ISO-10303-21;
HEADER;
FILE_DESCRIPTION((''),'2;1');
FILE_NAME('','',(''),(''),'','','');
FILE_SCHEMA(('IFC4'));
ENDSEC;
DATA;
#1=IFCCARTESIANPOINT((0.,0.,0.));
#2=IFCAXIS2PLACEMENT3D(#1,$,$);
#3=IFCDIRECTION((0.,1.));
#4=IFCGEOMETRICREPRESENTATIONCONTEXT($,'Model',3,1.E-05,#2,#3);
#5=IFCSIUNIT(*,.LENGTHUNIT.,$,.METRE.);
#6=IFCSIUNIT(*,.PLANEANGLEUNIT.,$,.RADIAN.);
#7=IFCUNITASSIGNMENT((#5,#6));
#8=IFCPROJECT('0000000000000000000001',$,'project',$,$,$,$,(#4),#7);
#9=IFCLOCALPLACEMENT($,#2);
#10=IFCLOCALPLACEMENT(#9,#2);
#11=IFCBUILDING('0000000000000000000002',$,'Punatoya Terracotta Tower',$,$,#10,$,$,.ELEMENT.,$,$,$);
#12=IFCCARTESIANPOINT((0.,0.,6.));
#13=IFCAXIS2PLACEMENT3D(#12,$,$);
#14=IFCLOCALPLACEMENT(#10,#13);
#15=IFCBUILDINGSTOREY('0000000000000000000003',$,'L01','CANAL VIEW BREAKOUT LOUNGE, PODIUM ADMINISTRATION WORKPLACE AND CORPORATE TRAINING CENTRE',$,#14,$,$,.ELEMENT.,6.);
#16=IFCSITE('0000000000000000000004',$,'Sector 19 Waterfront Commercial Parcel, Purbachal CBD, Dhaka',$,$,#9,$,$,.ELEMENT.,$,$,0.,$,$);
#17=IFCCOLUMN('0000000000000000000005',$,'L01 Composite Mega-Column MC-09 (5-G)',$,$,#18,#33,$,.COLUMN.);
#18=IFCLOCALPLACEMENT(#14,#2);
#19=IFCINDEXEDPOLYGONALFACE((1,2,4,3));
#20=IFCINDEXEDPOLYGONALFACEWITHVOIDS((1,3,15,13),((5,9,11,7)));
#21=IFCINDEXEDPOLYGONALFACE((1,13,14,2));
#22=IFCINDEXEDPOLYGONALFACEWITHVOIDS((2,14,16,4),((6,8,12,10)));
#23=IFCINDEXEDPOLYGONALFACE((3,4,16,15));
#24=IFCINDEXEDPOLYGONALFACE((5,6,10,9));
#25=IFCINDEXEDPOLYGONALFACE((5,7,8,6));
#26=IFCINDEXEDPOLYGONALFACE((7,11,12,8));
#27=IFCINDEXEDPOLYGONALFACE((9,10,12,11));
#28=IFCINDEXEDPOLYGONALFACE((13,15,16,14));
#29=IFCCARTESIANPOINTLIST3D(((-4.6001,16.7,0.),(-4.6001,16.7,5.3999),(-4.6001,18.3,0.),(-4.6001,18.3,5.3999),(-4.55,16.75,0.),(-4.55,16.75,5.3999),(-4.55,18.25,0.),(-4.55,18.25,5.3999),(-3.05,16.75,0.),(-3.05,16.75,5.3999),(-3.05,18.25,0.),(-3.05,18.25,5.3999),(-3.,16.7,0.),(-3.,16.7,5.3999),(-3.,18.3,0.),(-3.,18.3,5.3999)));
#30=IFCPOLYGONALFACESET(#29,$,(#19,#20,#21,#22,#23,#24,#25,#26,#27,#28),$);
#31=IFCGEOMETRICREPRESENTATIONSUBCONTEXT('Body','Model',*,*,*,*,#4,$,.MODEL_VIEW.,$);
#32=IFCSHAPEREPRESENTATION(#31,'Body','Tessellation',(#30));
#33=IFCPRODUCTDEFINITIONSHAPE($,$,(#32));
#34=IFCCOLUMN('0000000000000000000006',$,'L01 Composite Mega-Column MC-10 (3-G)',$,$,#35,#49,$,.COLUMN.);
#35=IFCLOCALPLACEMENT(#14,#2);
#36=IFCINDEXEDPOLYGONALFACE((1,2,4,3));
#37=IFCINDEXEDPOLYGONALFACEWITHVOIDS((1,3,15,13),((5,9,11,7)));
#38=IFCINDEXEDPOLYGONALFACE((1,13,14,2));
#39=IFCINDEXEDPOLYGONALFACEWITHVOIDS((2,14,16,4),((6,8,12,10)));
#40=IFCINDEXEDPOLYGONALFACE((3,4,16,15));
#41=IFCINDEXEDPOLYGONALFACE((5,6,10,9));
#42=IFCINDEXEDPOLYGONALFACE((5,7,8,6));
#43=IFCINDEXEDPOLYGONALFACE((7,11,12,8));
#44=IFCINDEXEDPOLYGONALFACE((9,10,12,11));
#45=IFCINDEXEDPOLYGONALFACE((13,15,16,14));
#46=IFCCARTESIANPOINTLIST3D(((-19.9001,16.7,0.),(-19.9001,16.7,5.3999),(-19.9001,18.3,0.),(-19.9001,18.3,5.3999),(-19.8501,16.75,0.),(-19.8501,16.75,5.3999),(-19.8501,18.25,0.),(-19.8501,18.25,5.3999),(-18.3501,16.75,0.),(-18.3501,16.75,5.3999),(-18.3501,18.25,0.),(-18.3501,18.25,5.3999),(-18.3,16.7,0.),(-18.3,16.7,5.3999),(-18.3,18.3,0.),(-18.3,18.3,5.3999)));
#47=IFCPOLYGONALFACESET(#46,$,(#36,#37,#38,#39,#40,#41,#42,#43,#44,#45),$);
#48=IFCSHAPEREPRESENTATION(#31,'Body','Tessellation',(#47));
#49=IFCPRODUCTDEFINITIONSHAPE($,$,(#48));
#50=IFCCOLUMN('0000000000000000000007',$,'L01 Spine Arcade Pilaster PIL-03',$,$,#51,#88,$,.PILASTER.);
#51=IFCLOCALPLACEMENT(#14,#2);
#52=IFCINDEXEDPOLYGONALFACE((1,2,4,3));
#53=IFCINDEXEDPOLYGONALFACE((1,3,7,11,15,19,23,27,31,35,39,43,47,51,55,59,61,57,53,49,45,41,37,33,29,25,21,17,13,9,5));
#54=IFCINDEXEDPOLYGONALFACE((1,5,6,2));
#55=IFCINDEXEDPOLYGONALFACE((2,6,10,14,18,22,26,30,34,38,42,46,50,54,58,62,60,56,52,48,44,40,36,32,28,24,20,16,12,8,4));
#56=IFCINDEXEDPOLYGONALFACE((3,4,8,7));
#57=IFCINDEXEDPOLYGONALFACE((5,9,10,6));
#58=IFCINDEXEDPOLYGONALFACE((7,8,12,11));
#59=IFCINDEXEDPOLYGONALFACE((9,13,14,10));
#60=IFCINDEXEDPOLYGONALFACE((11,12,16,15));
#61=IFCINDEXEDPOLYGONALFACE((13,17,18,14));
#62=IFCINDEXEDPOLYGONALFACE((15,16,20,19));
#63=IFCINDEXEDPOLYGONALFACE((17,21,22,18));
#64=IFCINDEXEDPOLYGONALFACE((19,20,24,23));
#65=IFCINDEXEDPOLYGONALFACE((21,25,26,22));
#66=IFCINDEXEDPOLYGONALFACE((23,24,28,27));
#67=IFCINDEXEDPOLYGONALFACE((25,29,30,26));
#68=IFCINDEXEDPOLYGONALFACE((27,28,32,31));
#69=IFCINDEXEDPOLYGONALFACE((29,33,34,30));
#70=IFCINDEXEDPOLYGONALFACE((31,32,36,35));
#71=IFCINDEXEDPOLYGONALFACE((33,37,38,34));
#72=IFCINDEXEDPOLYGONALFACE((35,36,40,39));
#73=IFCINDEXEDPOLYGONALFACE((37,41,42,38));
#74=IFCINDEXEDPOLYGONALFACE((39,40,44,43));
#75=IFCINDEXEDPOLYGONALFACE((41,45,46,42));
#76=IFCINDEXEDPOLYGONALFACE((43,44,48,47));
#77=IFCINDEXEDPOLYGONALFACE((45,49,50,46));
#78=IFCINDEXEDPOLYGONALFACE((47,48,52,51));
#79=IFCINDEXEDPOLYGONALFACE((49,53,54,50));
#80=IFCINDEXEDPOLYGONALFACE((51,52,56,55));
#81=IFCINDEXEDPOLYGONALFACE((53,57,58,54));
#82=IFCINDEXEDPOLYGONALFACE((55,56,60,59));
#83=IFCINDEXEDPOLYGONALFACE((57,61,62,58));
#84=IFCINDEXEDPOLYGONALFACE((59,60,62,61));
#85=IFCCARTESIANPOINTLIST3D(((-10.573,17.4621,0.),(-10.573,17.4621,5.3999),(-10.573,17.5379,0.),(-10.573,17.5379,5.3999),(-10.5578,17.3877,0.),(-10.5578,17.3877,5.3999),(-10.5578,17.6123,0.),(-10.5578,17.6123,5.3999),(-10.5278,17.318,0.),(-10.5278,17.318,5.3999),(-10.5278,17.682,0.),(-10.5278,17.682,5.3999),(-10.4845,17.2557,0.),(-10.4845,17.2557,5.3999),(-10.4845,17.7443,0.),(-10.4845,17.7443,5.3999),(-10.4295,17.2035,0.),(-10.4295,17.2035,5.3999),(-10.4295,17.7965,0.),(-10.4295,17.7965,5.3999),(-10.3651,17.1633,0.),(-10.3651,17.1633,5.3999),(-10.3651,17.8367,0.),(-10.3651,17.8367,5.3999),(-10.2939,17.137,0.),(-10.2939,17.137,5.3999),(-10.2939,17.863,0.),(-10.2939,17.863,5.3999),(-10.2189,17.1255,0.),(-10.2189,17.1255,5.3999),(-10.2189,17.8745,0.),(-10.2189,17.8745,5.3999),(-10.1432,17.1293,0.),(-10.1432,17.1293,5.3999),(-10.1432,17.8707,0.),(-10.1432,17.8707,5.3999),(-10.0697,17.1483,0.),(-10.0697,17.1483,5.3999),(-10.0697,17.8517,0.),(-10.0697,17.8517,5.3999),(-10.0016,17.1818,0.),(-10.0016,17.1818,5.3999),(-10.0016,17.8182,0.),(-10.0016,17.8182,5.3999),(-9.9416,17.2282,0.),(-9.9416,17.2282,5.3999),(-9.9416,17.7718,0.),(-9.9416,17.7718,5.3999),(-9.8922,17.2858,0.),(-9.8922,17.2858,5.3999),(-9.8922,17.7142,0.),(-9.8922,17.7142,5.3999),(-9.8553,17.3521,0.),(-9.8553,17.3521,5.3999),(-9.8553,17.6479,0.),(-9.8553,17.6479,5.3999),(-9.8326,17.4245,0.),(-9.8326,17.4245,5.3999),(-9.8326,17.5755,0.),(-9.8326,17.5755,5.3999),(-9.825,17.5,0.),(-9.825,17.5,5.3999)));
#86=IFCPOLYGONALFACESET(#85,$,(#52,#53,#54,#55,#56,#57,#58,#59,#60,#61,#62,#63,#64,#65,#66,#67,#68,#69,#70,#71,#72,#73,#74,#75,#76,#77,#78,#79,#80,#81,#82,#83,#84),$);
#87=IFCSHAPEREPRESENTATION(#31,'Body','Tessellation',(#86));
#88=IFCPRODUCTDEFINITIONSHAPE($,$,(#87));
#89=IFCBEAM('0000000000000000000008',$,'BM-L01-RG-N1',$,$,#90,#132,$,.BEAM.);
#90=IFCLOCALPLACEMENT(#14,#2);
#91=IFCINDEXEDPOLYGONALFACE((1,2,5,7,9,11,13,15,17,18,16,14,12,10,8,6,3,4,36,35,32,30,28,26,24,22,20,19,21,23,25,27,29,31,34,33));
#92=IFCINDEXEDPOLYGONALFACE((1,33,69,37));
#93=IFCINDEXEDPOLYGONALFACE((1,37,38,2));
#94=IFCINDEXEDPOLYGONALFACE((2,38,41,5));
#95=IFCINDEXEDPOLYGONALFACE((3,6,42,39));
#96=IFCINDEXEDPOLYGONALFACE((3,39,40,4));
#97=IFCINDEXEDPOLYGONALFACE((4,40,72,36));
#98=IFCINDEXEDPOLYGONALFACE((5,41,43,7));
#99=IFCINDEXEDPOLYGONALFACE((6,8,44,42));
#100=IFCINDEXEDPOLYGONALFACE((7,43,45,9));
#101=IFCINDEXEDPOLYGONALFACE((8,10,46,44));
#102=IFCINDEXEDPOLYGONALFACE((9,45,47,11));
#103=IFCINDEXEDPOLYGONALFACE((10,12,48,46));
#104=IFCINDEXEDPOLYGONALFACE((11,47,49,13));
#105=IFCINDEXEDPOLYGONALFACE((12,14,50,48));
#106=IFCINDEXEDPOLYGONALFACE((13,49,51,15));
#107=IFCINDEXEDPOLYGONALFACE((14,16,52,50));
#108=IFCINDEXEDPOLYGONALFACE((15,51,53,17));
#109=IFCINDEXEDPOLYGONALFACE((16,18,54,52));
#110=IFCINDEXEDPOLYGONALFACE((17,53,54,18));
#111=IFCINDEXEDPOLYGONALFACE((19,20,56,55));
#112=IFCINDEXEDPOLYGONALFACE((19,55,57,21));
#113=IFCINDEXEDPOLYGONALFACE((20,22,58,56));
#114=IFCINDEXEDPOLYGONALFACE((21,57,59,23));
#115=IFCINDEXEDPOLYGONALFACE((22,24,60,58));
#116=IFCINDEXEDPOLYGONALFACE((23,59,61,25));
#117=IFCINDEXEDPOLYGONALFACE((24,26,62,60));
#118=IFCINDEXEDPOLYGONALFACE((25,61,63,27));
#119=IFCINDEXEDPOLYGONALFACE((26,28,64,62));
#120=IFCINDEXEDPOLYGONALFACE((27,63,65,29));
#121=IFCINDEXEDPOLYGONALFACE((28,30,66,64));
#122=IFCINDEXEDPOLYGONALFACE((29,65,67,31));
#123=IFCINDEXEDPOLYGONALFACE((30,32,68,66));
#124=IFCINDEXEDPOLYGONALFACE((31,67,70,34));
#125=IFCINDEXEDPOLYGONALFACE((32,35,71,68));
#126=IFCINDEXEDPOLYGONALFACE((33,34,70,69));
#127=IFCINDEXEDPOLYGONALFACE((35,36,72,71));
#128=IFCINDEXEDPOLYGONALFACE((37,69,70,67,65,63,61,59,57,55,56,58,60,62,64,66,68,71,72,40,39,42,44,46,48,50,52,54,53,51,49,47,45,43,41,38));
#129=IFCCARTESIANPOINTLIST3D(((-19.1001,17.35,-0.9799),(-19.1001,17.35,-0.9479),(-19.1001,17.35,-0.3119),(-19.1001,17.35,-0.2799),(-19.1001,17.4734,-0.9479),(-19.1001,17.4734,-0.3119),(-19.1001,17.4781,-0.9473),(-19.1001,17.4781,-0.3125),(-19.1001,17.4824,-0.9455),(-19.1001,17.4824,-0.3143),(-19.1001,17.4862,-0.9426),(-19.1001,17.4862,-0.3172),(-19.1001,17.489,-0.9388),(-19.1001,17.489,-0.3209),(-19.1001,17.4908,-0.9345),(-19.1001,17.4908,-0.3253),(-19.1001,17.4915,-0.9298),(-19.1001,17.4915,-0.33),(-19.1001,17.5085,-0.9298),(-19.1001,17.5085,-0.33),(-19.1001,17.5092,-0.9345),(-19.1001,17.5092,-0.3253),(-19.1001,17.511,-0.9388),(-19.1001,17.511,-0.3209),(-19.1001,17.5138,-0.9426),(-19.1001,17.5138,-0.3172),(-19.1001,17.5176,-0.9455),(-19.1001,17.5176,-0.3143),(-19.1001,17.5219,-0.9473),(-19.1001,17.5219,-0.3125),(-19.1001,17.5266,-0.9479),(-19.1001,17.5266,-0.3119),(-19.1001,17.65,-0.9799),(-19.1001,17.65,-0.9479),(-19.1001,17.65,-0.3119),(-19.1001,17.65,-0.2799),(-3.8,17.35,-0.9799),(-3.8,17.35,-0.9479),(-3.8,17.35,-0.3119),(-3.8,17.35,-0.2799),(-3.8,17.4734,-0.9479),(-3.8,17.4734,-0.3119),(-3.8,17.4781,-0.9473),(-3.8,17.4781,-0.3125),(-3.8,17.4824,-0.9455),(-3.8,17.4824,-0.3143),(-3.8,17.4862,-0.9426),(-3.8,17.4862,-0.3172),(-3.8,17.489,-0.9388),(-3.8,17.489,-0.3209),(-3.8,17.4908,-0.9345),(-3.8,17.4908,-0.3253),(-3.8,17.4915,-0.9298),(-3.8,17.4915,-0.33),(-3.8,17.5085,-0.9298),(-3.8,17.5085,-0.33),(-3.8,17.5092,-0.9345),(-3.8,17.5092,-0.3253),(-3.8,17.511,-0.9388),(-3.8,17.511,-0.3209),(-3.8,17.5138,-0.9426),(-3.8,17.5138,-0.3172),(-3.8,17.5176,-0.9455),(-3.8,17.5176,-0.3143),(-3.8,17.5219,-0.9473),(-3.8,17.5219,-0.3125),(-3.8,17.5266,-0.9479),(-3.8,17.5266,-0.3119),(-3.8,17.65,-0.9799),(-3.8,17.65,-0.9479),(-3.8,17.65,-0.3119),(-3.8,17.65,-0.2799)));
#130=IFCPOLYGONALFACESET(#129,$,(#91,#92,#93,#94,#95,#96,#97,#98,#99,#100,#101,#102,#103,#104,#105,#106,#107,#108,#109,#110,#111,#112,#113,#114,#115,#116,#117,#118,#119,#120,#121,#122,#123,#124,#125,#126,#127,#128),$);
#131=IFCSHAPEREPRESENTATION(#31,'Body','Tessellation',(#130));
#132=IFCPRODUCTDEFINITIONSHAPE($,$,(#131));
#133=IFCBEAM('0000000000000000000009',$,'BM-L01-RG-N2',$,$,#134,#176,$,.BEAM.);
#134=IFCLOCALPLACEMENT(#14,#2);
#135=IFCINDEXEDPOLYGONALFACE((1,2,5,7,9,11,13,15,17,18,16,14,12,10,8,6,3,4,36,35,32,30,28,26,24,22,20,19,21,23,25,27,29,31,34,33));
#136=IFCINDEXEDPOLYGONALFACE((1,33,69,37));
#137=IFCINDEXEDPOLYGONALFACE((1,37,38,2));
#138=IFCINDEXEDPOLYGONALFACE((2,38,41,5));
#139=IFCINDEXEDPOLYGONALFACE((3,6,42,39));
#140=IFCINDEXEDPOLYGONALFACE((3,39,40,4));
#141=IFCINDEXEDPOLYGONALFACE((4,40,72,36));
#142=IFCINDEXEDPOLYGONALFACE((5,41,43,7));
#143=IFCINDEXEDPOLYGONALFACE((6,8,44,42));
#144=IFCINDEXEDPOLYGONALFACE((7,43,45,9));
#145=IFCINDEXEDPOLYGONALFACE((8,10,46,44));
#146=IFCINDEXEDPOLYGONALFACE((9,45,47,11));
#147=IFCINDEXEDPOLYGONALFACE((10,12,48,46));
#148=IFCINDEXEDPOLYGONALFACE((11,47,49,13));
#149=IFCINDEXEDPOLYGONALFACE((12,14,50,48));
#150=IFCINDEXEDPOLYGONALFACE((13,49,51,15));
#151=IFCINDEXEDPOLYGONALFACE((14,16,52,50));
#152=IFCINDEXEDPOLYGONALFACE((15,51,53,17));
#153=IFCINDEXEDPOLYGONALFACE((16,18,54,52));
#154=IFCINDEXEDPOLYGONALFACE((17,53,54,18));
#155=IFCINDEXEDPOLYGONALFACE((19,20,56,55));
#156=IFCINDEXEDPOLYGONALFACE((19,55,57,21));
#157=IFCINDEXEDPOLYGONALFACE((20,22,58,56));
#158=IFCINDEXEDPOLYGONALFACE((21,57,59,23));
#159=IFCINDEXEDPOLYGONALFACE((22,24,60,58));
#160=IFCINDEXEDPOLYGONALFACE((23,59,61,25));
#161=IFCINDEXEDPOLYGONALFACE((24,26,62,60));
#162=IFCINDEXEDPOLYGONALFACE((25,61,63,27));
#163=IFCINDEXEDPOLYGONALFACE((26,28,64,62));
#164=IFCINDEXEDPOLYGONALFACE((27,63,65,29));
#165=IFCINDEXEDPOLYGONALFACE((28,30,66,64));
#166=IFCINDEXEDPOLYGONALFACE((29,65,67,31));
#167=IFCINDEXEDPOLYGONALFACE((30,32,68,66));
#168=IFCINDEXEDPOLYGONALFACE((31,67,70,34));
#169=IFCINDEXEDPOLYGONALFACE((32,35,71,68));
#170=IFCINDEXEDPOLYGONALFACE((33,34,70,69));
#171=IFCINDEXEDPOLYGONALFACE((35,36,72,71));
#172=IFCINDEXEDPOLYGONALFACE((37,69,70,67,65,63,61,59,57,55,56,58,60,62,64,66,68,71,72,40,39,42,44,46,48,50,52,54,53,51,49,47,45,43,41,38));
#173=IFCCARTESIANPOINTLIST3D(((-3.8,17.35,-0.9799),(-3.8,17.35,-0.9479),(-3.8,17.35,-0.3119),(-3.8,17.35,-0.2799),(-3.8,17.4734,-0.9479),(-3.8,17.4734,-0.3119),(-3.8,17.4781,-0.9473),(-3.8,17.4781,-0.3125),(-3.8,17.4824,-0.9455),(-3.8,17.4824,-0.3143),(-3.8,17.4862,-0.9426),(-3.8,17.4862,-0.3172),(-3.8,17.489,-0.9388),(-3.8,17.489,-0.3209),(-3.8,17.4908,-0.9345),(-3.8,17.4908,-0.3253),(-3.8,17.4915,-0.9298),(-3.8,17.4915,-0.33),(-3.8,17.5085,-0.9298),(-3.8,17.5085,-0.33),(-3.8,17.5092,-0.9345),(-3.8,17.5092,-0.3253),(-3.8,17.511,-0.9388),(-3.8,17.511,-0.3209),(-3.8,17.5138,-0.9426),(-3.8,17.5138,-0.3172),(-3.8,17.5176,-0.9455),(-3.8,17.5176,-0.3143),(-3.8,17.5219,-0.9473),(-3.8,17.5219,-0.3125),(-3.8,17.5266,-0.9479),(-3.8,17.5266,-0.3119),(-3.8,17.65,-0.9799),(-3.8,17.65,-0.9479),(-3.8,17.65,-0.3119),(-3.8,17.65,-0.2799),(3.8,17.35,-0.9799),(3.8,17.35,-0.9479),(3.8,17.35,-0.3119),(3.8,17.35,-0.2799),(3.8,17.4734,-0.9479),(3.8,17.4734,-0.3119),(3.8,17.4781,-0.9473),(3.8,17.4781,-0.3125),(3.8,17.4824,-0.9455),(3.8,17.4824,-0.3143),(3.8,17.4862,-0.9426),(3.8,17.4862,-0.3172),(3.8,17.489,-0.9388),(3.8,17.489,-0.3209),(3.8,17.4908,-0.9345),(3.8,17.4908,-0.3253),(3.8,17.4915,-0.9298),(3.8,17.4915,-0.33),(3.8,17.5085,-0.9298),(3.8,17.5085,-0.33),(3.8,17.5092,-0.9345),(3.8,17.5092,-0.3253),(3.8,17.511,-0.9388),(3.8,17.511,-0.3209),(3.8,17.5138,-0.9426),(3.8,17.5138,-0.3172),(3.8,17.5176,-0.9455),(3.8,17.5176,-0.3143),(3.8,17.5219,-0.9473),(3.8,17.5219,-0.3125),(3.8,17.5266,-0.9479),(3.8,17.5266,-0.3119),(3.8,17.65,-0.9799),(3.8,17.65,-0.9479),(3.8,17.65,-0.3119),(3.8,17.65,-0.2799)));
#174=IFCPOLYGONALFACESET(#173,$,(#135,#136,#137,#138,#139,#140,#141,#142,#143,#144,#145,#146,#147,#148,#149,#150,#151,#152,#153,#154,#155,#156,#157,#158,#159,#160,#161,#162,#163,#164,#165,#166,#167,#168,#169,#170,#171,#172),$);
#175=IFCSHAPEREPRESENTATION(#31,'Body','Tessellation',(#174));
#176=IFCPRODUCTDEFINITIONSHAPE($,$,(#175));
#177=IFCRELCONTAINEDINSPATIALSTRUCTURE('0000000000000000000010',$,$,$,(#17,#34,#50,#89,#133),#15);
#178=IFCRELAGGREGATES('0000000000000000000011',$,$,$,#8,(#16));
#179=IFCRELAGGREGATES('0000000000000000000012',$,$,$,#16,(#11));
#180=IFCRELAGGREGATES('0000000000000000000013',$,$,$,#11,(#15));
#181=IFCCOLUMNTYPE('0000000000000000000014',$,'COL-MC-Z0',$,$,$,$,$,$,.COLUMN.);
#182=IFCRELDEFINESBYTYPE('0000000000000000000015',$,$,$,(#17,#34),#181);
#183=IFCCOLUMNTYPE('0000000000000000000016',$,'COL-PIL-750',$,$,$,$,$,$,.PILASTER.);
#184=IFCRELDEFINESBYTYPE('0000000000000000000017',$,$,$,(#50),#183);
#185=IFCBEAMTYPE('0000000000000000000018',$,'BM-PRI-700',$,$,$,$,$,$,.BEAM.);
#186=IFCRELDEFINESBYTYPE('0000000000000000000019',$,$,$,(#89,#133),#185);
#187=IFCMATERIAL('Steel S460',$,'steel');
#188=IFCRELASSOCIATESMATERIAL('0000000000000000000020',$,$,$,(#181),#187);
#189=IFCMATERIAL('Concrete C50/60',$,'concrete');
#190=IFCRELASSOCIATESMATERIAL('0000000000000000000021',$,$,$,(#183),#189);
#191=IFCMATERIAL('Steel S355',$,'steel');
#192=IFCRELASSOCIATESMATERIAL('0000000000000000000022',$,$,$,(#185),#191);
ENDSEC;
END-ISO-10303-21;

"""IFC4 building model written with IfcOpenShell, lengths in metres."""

from ifc_helpers import new_model, si_unit, direction, frame, origin, origin_2d, place, context, subcontext, project, spatial, hollow_rectangle, circle, i_section, extrude, material, material_profile, profile_set, type_object, element, save


model = new_model("IFC4")

# Units and contexts
model_context = context("Model", 3, precision=1e-05, world=origin(), true_north=direction((0.0, 1.0)))
body_context = subcontext(model_context, "Body", "Model", "MODEL_VIEW")
ifc_project = project(units=[si_unit("LENGTHUNIT", "METRE"), si_unit("PLANEANGLEUNIT", "RADIAN")], contexts=[model_context])

# Site, building, storey
site_placement = place(None, origin())
site = spatial("IfcSite", under=ifc_project, at=site_placement, Name="Sector 19 Waterfront Commercial Parcel, Purbachal CBD, Dhaka", CompositionType="ELEMENT", RefElevation=0.0)
building_placement = place(site_placement, origin())
building = spatial("IfcBuilding", under=site, at=building_placement, Name="Punatoya Terracotta Tower", CompositionType="ELEMENT")
storey_placement = place(building_placement, frame((0.0, 0.0, 6.0)))
storey = spatial("IfcBuildingStorey", under=building, at=storey_placement, Name="L01", Description="CANAL VIEW BREAKOUT LOUNGE, PODIUM ADMINISTRATION WORKPLACE AND CORPORATE TRAINING CENTRE", CompositionType="ELEMENT", Elevation=6.0)

# Columns
ifc_material_1 = material(Name="Steel S460", Category="steel")
ifc_material_profile_1 = material_profile(ifc_material_1, hollow_rectangle(XDim=1.6001, YDim=1.6001, WallThickness=0.05, at=origin_2d()))
ifc_profile_set_1 = profile_set([ifc_material_profile_1], Name="Steel S460")
column_type_1 = type_object("IfcColumnType", Name="COL-MC-Z0", PredefinedType="COLUMN", material=ifc_profile_set_1)
for number, where, z_axis, x_axis, name in (
    (1, (-3.8, 17.5, 0.0), (0.0, 0.0, 1.0), (1.0, 0.0, 0.0), "L01 Composite Mega-Column MC-09 (5-G)"),
    (2, (-19.1001, 17.5, 0.0), (0.0, 0.0, 1.0), (1.0, 0.0, 0.0), "L01 Composite Mega-Column MC-10 (3-G)"),
):
    element("IfcColumn", number, at=place(storey_placement, frame(where, z_axis=z_axis, x_axis=x_axis)), inside=storey, type_object=column_type_1, Name=name, PredefinedType="COLUMN", context=body_context, shape_type="SweptSolid", body=[
        extrude(hollow_rectangle(XDim=1.6001, YDim=1.6001, WallThickness=0.05, at=origin_2d()), origin(), (0.0, 0.0, 1.0), 5.3999),
    ])
ifc_material_2 = material(Name="Concrete C50/60", Category="concrete")
ifc_material_profile_2 = material_profile(ifc_material_2, circle(Radius=0.375, at=origin_2d()))
ifc_profile_set_2 = profile_set([ifc_material_profile_2], Name="Concrete C50/60")
column_type_2 = type_object("IfcColumnType", Name="COL-PIL-750", PredefinedType="PILASTER", material=ifc_profile_set_2)
column_placement = place(storey_placement, frame((-10.2, 17.5, 0.0), z_axis=(0.0, 0.0, 1.0), x_axis=(1.0, 0.0, 0.0)))
element("IfcColumn", 3, at=column_placement, inside=storey, type_object=column_type_2, Name="L01 Spine Arcade Pilaster PIL-03", PredefinedType="PILASTER", context=body_context, shape_type="SweptSolid", body=[
    extrude(circle(Radius=0.375, at=origin_2d()), origin(), (0.0, 0.0, 1.0), 5.3999),
])

# Beams
ifc_material_3 = material(Name="Steel S355", Category="steel")
ifc_material_profile_3 = material_profile(ifc_material_3, i_section(OverallWidth=0.3, OverallDepth=0.7, WebThickness=0.0171, FlangeThickness=0.032, FilletRadius=0.0181, at=origin_2d()))
ifc_profile_set_3 = profile_set([ifc_material_profile_3], Name="Steel S355")
beam_type_1 = type_object("IfcBeamType", Name="BM-PRI-700", PredefinedType="BEAM", material=ifc_profile_set_3)
beam_1_placement = place(storey_placement, frame((-19.1001, 17.5, -0.6299), z_axis=(1.0, 0.0, 0.0), x_axis=(0.0, 1.0, 0.0)))
element("IfcBeam", 4, at=beam_1_placement, inside=storey, type_object=beam_type_1, Name="BM-L01-RG-N1", PredefinedType="BEAM", context=body_context, shape_type="SweptSolid", body=[
    extrude(i_section(OverallWidth=0.3, OverallDepth=0.7, WebThickness=0.0171, FlangeThickness=0.032, FilletRadius=0.0181, at=origin_2d()), origin(), (0.0, 0.0, 1.0), 15.3),
])
beam_2_placement = place(storey_placement, frame((-3.8, 17.5, -0.6299), z_axis=(1.0, 0.0, 0.0), x_axis=(0.0, 1.0, 0.0)))
element("IfcBeam", 5, at=beam_2_placement, inside=storey, type_object=beam_type_1, Name="BM-L01-RG-N2", PredefinedType="BEAM", context=body_context, shape_type="SweptSolid", body=[
    extrude(i_section(OverallWidth=0.3, OverallDepth=0.7, WebThickness=0.0171, FlangeThickness=0.032, FilletRadius=0.0181, at=origin_2d()), origin(), (0.0, 0.0, 1.0), 7.6001),
])

save(model, "model.ifc")
